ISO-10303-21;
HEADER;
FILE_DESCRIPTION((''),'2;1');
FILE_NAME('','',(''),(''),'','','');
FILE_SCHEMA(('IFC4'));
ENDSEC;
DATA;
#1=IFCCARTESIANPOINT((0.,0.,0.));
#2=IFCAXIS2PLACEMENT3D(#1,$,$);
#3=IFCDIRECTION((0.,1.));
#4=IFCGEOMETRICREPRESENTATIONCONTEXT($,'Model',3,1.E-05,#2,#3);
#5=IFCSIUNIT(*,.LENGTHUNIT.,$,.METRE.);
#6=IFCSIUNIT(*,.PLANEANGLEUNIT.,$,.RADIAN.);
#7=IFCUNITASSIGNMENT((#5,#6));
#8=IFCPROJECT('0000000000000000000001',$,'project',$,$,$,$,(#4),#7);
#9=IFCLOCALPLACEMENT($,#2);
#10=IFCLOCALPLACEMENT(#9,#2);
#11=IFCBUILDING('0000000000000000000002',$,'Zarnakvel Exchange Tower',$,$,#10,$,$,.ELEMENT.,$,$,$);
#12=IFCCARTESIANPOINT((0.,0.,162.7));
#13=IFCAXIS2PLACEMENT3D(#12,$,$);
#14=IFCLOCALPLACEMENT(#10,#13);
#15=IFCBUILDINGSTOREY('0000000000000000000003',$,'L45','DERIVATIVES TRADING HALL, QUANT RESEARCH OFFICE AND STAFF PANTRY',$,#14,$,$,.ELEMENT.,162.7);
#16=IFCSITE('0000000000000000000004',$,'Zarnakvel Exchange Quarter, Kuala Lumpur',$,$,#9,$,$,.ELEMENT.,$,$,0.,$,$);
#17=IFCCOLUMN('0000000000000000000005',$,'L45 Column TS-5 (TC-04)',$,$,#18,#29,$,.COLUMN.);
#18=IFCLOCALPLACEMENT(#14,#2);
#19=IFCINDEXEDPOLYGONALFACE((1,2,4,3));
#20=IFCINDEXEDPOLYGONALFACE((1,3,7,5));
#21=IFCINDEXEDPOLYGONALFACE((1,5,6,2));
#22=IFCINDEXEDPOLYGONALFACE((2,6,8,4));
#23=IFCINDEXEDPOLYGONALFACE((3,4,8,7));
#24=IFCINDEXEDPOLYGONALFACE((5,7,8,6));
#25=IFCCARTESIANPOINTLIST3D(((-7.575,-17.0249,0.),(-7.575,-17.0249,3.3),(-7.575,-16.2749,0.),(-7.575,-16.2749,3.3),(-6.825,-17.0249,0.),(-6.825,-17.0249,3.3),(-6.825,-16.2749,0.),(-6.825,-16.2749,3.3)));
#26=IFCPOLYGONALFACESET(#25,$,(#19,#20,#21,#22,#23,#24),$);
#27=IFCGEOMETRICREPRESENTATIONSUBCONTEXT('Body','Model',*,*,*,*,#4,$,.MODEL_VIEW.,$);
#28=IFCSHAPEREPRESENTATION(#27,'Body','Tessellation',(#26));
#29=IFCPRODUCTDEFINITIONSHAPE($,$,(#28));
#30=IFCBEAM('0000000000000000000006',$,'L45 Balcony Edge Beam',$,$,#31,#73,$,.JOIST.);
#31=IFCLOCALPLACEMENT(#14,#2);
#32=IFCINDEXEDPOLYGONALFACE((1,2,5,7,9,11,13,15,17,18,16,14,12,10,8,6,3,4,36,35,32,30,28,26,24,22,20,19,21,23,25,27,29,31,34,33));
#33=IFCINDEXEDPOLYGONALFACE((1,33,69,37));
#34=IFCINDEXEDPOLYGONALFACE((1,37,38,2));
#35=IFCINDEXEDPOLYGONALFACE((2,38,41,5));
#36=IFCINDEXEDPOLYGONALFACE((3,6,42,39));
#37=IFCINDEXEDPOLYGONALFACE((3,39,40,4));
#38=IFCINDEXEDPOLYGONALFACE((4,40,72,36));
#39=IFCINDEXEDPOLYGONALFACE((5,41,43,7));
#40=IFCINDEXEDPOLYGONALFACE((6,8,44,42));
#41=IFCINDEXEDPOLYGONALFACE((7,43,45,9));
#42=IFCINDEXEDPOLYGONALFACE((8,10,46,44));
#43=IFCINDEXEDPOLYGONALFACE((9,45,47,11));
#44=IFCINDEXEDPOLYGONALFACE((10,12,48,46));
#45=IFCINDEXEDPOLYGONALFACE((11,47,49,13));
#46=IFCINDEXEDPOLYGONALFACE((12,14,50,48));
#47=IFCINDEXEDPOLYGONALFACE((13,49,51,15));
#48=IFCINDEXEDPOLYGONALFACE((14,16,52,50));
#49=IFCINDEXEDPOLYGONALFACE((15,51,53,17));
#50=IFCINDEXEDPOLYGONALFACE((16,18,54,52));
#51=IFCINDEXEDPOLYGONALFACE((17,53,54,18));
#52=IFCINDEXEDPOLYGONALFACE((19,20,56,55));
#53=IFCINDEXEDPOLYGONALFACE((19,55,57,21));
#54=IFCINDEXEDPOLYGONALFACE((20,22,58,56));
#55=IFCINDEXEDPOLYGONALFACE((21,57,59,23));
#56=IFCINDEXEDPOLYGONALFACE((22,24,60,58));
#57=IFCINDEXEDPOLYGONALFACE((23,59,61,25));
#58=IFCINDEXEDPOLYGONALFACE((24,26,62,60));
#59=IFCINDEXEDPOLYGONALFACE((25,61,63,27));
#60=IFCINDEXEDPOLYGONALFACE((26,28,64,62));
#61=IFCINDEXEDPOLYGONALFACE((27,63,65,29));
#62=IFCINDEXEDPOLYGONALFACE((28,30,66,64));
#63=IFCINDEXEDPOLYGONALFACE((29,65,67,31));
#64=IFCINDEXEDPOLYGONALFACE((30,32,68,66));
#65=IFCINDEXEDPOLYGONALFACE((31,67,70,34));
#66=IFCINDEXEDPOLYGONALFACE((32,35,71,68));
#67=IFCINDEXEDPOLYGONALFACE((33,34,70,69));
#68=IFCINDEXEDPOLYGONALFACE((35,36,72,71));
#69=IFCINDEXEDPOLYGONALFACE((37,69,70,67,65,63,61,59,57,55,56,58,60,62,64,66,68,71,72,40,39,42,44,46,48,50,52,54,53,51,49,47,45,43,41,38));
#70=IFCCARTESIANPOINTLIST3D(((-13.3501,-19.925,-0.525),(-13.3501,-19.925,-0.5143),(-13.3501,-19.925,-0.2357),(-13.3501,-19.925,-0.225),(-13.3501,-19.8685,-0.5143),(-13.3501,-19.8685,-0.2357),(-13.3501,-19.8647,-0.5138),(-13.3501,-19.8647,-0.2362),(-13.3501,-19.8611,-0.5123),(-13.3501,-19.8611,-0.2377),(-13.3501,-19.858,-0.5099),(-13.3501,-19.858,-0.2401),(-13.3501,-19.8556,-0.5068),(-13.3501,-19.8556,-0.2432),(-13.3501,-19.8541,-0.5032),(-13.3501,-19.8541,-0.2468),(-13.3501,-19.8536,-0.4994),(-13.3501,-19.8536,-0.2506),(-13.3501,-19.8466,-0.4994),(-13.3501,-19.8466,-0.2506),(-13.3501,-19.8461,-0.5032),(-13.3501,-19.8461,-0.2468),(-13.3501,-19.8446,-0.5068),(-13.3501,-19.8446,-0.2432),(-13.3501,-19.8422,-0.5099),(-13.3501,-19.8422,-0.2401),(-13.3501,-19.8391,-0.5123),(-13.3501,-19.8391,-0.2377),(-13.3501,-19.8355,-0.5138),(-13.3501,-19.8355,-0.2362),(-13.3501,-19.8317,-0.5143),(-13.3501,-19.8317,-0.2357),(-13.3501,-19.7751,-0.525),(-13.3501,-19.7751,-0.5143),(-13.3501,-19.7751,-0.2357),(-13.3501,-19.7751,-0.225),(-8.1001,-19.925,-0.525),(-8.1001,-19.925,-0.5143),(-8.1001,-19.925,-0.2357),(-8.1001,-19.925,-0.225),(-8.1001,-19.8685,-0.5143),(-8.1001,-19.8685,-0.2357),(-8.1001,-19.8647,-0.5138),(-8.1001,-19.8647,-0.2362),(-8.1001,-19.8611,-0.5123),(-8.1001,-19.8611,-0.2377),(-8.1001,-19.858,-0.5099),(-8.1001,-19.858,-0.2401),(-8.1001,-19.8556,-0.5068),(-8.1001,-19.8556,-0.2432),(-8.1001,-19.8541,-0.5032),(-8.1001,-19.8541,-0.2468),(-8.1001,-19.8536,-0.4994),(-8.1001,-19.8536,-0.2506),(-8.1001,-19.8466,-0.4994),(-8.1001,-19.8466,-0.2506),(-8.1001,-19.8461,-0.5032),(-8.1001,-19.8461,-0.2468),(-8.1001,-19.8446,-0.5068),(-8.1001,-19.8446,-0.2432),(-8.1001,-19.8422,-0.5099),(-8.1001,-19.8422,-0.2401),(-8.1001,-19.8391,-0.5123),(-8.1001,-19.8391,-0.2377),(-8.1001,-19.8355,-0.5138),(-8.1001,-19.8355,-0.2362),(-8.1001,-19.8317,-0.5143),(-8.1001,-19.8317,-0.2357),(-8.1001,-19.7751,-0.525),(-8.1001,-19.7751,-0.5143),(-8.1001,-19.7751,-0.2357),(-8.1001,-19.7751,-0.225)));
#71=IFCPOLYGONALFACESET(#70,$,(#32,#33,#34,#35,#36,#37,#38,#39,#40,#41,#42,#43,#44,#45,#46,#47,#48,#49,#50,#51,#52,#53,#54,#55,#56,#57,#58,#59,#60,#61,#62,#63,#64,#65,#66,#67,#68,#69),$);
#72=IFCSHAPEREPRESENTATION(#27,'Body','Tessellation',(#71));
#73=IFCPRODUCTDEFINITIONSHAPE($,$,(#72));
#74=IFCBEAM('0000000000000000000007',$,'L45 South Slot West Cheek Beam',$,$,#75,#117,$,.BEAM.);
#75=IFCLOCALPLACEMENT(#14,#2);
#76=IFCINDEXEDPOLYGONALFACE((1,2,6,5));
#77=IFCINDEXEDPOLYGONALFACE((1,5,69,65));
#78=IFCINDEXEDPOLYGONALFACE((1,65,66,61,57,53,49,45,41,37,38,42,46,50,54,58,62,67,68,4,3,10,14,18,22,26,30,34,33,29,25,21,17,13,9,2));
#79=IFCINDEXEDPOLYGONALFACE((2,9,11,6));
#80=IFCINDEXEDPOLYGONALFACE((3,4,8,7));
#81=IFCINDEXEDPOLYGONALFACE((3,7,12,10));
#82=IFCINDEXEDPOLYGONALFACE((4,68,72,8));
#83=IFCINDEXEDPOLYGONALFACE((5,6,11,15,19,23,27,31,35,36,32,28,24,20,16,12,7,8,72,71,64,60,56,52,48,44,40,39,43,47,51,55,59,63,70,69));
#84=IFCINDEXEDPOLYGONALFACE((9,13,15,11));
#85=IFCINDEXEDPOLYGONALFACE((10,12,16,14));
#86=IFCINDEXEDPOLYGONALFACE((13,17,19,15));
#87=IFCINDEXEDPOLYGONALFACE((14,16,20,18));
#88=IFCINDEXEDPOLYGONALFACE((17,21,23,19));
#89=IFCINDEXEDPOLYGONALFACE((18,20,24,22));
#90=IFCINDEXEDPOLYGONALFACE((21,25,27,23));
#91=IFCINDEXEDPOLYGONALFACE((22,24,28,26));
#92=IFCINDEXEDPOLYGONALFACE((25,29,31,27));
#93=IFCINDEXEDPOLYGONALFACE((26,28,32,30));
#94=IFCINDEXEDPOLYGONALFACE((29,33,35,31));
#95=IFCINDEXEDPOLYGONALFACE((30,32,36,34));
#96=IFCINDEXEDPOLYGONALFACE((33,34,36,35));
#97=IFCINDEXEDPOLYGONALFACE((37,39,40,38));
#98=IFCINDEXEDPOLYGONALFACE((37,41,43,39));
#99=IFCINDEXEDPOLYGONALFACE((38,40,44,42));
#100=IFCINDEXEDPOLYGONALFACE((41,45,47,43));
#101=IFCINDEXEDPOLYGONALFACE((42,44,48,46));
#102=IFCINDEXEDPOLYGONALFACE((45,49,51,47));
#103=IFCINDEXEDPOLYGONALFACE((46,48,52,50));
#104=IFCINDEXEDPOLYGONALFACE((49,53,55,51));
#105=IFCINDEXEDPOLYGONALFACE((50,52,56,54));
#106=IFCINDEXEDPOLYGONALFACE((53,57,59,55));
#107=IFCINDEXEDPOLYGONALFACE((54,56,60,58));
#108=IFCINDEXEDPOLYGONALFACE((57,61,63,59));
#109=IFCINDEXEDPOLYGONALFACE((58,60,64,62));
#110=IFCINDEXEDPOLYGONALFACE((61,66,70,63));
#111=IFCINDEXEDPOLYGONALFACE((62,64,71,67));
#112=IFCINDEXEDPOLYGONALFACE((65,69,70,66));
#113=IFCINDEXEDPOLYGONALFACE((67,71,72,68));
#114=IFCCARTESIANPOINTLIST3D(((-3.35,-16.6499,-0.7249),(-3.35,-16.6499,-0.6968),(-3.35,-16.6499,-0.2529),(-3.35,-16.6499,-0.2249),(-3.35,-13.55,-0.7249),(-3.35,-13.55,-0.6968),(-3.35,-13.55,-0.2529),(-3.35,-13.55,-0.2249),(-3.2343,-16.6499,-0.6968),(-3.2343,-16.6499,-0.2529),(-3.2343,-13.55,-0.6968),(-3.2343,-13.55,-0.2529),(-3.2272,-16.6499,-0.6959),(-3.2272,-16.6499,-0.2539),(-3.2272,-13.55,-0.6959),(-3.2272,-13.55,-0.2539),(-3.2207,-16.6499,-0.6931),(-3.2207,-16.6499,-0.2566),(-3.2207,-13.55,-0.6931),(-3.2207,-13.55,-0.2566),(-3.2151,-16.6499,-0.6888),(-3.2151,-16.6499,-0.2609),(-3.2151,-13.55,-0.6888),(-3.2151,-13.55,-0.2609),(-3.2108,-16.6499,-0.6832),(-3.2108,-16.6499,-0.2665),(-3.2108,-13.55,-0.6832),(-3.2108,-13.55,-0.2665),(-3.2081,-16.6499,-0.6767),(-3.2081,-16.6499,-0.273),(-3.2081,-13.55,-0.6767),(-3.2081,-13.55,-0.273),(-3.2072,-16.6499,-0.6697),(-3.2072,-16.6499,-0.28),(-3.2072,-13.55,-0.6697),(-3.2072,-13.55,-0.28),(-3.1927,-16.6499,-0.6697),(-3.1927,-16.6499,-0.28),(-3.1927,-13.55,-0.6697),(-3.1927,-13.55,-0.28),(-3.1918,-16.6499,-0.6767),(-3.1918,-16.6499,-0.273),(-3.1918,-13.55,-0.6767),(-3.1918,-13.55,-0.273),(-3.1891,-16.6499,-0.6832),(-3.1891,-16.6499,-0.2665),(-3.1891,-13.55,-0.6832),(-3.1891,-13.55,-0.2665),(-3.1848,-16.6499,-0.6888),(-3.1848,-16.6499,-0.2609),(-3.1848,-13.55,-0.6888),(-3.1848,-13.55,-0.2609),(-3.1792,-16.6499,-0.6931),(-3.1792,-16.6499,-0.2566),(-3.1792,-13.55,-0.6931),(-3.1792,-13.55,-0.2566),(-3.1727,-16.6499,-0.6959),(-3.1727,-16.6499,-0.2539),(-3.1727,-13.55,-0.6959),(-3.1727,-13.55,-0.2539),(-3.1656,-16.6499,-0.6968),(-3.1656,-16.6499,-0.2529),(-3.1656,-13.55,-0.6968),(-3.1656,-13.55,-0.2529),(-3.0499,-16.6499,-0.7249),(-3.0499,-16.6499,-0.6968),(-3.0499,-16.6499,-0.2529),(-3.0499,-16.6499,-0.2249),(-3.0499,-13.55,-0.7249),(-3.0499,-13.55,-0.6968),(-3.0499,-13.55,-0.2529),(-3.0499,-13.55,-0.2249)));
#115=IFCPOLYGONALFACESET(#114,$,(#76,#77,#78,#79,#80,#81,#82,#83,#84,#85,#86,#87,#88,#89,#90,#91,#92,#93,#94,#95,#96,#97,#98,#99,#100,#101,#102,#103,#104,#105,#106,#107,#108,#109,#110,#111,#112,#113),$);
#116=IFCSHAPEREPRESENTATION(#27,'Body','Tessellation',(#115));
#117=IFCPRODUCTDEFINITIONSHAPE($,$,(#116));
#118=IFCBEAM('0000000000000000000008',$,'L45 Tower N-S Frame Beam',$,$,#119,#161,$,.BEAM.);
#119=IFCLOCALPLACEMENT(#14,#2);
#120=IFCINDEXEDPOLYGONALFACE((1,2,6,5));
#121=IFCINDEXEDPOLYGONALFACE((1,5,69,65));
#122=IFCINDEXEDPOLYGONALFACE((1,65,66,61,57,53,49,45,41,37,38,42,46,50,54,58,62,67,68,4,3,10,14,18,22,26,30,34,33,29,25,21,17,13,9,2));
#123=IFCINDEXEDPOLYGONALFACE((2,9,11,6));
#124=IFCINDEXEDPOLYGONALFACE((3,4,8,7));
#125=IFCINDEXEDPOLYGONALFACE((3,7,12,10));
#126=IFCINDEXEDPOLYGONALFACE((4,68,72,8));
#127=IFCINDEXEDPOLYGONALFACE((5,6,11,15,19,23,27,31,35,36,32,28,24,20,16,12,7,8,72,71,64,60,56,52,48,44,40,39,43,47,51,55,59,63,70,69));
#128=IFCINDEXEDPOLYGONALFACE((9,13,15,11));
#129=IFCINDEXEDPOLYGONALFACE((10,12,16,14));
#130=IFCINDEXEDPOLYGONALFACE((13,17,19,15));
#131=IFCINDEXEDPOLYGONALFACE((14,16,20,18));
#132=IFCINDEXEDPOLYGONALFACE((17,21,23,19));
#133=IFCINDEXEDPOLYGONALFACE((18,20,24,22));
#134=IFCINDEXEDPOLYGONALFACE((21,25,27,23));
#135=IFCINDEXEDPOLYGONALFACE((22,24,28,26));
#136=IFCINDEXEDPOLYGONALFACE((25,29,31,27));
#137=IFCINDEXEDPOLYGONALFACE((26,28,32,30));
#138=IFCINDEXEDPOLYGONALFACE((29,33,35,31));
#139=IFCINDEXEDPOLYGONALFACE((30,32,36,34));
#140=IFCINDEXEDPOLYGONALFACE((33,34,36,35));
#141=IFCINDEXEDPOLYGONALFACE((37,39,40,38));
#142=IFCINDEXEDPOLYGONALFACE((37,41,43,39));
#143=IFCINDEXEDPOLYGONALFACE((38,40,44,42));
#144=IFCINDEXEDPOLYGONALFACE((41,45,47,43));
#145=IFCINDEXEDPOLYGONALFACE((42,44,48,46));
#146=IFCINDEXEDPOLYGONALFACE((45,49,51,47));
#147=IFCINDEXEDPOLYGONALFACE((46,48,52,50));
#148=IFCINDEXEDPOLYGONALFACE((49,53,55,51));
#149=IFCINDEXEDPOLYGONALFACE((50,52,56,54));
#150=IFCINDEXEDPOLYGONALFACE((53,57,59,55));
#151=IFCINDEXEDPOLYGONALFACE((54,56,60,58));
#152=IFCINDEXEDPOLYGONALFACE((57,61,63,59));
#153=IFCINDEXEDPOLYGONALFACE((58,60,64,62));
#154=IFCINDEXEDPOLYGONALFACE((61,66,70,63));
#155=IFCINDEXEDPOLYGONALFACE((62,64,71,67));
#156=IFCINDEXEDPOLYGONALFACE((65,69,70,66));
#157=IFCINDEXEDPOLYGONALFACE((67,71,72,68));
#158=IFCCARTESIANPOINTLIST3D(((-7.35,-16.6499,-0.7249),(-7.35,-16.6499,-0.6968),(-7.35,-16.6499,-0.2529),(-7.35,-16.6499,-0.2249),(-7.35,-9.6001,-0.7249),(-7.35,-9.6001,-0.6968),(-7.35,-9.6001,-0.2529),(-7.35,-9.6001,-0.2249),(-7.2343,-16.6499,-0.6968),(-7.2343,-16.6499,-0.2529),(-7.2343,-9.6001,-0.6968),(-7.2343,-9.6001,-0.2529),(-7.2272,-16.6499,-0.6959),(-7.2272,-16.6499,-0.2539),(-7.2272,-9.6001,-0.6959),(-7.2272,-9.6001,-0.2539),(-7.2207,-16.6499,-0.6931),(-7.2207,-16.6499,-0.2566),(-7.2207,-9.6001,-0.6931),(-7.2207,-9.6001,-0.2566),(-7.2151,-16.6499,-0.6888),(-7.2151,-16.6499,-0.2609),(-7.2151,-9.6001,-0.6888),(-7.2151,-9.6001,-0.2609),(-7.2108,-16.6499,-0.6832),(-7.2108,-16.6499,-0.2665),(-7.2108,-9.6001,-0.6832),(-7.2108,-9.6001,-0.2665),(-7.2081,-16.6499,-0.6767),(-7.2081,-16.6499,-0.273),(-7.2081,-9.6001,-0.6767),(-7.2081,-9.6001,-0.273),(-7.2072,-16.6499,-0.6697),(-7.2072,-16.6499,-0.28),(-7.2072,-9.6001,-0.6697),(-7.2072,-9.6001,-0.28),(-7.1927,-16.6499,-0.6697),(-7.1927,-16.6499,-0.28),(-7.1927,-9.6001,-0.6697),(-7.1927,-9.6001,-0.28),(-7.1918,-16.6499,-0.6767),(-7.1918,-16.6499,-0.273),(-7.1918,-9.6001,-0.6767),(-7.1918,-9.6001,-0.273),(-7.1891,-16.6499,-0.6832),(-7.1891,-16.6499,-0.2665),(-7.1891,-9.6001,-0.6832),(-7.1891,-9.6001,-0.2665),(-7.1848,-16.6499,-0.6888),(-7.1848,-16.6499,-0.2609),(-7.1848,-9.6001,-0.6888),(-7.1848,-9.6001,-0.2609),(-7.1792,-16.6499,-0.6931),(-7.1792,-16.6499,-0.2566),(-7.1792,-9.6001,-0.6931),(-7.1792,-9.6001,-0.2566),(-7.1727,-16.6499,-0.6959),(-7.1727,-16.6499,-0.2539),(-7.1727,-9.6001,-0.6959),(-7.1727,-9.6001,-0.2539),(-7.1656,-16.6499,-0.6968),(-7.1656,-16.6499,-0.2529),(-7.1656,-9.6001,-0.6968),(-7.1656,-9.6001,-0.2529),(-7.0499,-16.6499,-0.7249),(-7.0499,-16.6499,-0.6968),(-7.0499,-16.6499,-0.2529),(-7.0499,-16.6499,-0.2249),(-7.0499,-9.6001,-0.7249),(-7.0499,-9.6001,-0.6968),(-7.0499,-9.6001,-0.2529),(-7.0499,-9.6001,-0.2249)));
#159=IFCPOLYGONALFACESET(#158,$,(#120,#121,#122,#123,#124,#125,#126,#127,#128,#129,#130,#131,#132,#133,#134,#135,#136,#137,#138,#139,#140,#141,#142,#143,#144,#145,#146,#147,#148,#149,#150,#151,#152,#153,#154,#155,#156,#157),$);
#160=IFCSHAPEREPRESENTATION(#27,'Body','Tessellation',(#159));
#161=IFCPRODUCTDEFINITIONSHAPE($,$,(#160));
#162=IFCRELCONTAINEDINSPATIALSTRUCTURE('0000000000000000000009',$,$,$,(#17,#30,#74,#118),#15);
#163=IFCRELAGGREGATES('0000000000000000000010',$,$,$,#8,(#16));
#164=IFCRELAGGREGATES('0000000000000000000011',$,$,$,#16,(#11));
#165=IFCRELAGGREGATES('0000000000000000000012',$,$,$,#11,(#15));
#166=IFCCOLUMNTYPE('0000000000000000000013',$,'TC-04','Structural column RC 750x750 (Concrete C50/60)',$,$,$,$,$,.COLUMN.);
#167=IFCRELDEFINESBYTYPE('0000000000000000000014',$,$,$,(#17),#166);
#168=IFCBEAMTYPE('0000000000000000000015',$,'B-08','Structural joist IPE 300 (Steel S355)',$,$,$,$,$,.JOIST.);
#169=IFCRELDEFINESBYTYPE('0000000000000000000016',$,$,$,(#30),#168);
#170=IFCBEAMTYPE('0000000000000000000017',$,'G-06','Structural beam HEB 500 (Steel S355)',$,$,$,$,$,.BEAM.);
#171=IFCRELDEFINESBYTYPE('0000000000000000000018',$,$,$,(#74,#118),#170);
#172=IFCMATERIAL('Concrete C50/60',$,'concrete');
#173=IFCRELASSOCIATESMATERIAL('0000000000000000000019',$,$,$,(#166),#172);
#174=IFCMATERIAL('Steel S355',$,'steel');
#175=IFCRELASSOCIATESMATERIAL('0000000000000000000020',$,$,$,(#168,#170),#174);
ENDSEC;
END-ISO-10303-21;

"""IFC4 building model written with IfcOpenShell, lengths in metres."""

from ifc_helpers import new_model, si_unit, direction, frame, origin, origin_2d, place, context, subcontext, project, spatial, rectangle, i_section, extrude, material, material_profile, profile_set, type_object, element, save


model = new_model("IFC4")

# Units and contexts
model_context = context("Model", 3, precision=1e-05, world=origin(), true_north=direction((0.0, 1.0)))
body_context = subcontext(model_context, "Body", "Model", "MODEL_VIEW")
ifc_project = project(units=[si_unit("LENGTHUNIT", "METRE"), si_unit("PLANEANGLEUNIT", "RADIAN")], contexts=[model_context])

# Site, building, storey
site_placement = place(None, origin())
site = spatial("IfcSite", under=ifc_project, at=site_placement, Name="Zarnakvel Exchange Quarter, Kuala Lumpur", CompositionType="ELEMENT", RefElevation=0.0)
building_placement = place(site_placement, origin())
building = spatial("IfcBuilding", under=site, at=building_placement, Name="Zarnakvel Exchange Tower", CompositionType="ELEMENT")
storey_placement = place(building_placement, frame((0.0, 0.0, 162.7)))
storey = spatial("IfcBuildingStorey", under=building, at=storey_placement, Name="L45", Description="DERIVATIVES TRADING HALL, QUANT RESEARCH OFFICE AND STAFF PANTRY", CompositionType="ELEMENT", Elevation=162.7)

# Column
ifc_material_1 = material(Name="Concrete C50/60", Category="concrete")
ifc_material_profile_1 = material_profile(ifc_material_1, rectangle(XDim=0.75, YDim=0.75, at=origin_2d()))
ifc_profile_set_1 = profile_set([ifc_material_profile_1], Name="Concrete C50/60")
column_type = type_object("IfcColumnType", Name="TC-04", Description="Structural column RC 750x750 (Concrete C50/60)", PredefinedType="COLUMN", material=ifc_profile_set_1)
column_placement = place(storey_placement, frame((-7.2, -16.6499, 0.0), z_axis=(0.0, 0.0, 1.0), x_axis=(1.0, 0.0, 0.0)))
element("IfcColumn", 1, at=column_placement, inside=storey, type_object=column_type, Name="L45 Column TS-5 (TC-04)", PredefinedType="COLUMN", context=body_context, shape_type="SweptSolid", body=[
    extrude(rectangle(XDim=0.75, YDim=0.75, at=origin_2d()), origin(), (0.0, 0.0, 1.0), 3.3),
])

# Beams
ifc_material_2 = material(Name="Steel S355", Category="steel")
ifc_material_profile_2 = material_profile(ifc_material_2, i_section(OverallWidth=0.1499, OverallDepth=0.3, WebThickness=0.0071, FlangeThickness=0.0107, FilletRadius=0.0149, at=origin_2d()))
ifc_profile_set_2 = profile_set([ifc_material_profile_2], Name="Steel S355")
beam_type_1 = type_object("IfcBeamType", Name="B-08", Description="Structural joist IPE 300 (Steel S355)", PredefinedType="JOIST", material=ifc_profile_set_2)
beam_1_placement = place(storey_placement, frame((-13.3501, -19.8501, -0.375), z_axis=(1.0, 0.0, 0.0), x_axis=(0.0, 1.0, 0.0)))
element("IfcBeam", 2, at=beam_1_placement, inside=storey, type_object=beam_type_1, Name="L45 Balcony Edge Beam", PredefinedType="JOIST", context=body_context, shape_type="SweptSolid", body=[
    extrude(i_section(OverallWidth=0.1499, OverallDepth=0.3, WebThickness=0.0071, FlangeThickness=0.0107, FilletRadius=0.0149, at=origin_2d()), origin(), (0.0, 0.0, 1.0), 5.25),
])
ifc_material_profile_3 = material_profile(ifc_material_2, i_section(OverallWidth=0.3, OverallDepth=0.5, WebThickness=0.0144, FlangeThickness=0.0281, FilletRadius=0.0271, at=origin_2d()))
ifc_profile_set_3 = profile_set([ifc_material_profile_3], Name="Steel S355")
beam_type_2 = type_object("IfcBeamType", Name="G-06", Description="Structural beam HEB 500 (Steel S355)", PredefinedType="BEAM", material=ifc_profile_set_3)
beam_2_placement = place(storey_placement, frame((-3.2, -16.6499, -0.4749), z_axis=(0.0, 1.0, 0.0), x_axis=(-1.0, 0.0, 0.0)))
element("IfcBeam", 3, at=beam_2_placement, inside=storey, type_object=beam_type_2, Name="L45 South Slot West Cheek Beam", PredefinedType="BEAM", context=body_context, shape_type="SweptSolid", body=[
    extrude(i_section(OverallWidth=0.3, OverallDepth=0.5, WebThickness=0.0144, FlangeThickness=0.0281, FilletRadius=0.0271, at=origin_2d()), origin(), (0.0, 0.0, 1.0), 3.0999),
])
beam_3_placement = place(storey_placement, frame((-7.2, -16.6499, -0.4749), z_axis=(0.0, 1.0, 0.0), x_axis=(-1.0, 0.0, 0.0)))
element("IfcBeam", 4, at=beam_3_placement, inside=storey, type_object=beam_type_2, Name="L45 Tower N-S Frame Beam", PredefinedType="BEAM", context=body_context, shape_type="SweptSolid", body=[
    extrude(i_section(OverallWidth=0.3, OverallDepth=0.5, WebThickness=0.0144, FlangeThickness=0.0281, FilletRadius=0.0271, at=origin_2d()), origin(), (0.0, 0.0, 1.0), 7.0498),
])

save(model, "model.ifc")
